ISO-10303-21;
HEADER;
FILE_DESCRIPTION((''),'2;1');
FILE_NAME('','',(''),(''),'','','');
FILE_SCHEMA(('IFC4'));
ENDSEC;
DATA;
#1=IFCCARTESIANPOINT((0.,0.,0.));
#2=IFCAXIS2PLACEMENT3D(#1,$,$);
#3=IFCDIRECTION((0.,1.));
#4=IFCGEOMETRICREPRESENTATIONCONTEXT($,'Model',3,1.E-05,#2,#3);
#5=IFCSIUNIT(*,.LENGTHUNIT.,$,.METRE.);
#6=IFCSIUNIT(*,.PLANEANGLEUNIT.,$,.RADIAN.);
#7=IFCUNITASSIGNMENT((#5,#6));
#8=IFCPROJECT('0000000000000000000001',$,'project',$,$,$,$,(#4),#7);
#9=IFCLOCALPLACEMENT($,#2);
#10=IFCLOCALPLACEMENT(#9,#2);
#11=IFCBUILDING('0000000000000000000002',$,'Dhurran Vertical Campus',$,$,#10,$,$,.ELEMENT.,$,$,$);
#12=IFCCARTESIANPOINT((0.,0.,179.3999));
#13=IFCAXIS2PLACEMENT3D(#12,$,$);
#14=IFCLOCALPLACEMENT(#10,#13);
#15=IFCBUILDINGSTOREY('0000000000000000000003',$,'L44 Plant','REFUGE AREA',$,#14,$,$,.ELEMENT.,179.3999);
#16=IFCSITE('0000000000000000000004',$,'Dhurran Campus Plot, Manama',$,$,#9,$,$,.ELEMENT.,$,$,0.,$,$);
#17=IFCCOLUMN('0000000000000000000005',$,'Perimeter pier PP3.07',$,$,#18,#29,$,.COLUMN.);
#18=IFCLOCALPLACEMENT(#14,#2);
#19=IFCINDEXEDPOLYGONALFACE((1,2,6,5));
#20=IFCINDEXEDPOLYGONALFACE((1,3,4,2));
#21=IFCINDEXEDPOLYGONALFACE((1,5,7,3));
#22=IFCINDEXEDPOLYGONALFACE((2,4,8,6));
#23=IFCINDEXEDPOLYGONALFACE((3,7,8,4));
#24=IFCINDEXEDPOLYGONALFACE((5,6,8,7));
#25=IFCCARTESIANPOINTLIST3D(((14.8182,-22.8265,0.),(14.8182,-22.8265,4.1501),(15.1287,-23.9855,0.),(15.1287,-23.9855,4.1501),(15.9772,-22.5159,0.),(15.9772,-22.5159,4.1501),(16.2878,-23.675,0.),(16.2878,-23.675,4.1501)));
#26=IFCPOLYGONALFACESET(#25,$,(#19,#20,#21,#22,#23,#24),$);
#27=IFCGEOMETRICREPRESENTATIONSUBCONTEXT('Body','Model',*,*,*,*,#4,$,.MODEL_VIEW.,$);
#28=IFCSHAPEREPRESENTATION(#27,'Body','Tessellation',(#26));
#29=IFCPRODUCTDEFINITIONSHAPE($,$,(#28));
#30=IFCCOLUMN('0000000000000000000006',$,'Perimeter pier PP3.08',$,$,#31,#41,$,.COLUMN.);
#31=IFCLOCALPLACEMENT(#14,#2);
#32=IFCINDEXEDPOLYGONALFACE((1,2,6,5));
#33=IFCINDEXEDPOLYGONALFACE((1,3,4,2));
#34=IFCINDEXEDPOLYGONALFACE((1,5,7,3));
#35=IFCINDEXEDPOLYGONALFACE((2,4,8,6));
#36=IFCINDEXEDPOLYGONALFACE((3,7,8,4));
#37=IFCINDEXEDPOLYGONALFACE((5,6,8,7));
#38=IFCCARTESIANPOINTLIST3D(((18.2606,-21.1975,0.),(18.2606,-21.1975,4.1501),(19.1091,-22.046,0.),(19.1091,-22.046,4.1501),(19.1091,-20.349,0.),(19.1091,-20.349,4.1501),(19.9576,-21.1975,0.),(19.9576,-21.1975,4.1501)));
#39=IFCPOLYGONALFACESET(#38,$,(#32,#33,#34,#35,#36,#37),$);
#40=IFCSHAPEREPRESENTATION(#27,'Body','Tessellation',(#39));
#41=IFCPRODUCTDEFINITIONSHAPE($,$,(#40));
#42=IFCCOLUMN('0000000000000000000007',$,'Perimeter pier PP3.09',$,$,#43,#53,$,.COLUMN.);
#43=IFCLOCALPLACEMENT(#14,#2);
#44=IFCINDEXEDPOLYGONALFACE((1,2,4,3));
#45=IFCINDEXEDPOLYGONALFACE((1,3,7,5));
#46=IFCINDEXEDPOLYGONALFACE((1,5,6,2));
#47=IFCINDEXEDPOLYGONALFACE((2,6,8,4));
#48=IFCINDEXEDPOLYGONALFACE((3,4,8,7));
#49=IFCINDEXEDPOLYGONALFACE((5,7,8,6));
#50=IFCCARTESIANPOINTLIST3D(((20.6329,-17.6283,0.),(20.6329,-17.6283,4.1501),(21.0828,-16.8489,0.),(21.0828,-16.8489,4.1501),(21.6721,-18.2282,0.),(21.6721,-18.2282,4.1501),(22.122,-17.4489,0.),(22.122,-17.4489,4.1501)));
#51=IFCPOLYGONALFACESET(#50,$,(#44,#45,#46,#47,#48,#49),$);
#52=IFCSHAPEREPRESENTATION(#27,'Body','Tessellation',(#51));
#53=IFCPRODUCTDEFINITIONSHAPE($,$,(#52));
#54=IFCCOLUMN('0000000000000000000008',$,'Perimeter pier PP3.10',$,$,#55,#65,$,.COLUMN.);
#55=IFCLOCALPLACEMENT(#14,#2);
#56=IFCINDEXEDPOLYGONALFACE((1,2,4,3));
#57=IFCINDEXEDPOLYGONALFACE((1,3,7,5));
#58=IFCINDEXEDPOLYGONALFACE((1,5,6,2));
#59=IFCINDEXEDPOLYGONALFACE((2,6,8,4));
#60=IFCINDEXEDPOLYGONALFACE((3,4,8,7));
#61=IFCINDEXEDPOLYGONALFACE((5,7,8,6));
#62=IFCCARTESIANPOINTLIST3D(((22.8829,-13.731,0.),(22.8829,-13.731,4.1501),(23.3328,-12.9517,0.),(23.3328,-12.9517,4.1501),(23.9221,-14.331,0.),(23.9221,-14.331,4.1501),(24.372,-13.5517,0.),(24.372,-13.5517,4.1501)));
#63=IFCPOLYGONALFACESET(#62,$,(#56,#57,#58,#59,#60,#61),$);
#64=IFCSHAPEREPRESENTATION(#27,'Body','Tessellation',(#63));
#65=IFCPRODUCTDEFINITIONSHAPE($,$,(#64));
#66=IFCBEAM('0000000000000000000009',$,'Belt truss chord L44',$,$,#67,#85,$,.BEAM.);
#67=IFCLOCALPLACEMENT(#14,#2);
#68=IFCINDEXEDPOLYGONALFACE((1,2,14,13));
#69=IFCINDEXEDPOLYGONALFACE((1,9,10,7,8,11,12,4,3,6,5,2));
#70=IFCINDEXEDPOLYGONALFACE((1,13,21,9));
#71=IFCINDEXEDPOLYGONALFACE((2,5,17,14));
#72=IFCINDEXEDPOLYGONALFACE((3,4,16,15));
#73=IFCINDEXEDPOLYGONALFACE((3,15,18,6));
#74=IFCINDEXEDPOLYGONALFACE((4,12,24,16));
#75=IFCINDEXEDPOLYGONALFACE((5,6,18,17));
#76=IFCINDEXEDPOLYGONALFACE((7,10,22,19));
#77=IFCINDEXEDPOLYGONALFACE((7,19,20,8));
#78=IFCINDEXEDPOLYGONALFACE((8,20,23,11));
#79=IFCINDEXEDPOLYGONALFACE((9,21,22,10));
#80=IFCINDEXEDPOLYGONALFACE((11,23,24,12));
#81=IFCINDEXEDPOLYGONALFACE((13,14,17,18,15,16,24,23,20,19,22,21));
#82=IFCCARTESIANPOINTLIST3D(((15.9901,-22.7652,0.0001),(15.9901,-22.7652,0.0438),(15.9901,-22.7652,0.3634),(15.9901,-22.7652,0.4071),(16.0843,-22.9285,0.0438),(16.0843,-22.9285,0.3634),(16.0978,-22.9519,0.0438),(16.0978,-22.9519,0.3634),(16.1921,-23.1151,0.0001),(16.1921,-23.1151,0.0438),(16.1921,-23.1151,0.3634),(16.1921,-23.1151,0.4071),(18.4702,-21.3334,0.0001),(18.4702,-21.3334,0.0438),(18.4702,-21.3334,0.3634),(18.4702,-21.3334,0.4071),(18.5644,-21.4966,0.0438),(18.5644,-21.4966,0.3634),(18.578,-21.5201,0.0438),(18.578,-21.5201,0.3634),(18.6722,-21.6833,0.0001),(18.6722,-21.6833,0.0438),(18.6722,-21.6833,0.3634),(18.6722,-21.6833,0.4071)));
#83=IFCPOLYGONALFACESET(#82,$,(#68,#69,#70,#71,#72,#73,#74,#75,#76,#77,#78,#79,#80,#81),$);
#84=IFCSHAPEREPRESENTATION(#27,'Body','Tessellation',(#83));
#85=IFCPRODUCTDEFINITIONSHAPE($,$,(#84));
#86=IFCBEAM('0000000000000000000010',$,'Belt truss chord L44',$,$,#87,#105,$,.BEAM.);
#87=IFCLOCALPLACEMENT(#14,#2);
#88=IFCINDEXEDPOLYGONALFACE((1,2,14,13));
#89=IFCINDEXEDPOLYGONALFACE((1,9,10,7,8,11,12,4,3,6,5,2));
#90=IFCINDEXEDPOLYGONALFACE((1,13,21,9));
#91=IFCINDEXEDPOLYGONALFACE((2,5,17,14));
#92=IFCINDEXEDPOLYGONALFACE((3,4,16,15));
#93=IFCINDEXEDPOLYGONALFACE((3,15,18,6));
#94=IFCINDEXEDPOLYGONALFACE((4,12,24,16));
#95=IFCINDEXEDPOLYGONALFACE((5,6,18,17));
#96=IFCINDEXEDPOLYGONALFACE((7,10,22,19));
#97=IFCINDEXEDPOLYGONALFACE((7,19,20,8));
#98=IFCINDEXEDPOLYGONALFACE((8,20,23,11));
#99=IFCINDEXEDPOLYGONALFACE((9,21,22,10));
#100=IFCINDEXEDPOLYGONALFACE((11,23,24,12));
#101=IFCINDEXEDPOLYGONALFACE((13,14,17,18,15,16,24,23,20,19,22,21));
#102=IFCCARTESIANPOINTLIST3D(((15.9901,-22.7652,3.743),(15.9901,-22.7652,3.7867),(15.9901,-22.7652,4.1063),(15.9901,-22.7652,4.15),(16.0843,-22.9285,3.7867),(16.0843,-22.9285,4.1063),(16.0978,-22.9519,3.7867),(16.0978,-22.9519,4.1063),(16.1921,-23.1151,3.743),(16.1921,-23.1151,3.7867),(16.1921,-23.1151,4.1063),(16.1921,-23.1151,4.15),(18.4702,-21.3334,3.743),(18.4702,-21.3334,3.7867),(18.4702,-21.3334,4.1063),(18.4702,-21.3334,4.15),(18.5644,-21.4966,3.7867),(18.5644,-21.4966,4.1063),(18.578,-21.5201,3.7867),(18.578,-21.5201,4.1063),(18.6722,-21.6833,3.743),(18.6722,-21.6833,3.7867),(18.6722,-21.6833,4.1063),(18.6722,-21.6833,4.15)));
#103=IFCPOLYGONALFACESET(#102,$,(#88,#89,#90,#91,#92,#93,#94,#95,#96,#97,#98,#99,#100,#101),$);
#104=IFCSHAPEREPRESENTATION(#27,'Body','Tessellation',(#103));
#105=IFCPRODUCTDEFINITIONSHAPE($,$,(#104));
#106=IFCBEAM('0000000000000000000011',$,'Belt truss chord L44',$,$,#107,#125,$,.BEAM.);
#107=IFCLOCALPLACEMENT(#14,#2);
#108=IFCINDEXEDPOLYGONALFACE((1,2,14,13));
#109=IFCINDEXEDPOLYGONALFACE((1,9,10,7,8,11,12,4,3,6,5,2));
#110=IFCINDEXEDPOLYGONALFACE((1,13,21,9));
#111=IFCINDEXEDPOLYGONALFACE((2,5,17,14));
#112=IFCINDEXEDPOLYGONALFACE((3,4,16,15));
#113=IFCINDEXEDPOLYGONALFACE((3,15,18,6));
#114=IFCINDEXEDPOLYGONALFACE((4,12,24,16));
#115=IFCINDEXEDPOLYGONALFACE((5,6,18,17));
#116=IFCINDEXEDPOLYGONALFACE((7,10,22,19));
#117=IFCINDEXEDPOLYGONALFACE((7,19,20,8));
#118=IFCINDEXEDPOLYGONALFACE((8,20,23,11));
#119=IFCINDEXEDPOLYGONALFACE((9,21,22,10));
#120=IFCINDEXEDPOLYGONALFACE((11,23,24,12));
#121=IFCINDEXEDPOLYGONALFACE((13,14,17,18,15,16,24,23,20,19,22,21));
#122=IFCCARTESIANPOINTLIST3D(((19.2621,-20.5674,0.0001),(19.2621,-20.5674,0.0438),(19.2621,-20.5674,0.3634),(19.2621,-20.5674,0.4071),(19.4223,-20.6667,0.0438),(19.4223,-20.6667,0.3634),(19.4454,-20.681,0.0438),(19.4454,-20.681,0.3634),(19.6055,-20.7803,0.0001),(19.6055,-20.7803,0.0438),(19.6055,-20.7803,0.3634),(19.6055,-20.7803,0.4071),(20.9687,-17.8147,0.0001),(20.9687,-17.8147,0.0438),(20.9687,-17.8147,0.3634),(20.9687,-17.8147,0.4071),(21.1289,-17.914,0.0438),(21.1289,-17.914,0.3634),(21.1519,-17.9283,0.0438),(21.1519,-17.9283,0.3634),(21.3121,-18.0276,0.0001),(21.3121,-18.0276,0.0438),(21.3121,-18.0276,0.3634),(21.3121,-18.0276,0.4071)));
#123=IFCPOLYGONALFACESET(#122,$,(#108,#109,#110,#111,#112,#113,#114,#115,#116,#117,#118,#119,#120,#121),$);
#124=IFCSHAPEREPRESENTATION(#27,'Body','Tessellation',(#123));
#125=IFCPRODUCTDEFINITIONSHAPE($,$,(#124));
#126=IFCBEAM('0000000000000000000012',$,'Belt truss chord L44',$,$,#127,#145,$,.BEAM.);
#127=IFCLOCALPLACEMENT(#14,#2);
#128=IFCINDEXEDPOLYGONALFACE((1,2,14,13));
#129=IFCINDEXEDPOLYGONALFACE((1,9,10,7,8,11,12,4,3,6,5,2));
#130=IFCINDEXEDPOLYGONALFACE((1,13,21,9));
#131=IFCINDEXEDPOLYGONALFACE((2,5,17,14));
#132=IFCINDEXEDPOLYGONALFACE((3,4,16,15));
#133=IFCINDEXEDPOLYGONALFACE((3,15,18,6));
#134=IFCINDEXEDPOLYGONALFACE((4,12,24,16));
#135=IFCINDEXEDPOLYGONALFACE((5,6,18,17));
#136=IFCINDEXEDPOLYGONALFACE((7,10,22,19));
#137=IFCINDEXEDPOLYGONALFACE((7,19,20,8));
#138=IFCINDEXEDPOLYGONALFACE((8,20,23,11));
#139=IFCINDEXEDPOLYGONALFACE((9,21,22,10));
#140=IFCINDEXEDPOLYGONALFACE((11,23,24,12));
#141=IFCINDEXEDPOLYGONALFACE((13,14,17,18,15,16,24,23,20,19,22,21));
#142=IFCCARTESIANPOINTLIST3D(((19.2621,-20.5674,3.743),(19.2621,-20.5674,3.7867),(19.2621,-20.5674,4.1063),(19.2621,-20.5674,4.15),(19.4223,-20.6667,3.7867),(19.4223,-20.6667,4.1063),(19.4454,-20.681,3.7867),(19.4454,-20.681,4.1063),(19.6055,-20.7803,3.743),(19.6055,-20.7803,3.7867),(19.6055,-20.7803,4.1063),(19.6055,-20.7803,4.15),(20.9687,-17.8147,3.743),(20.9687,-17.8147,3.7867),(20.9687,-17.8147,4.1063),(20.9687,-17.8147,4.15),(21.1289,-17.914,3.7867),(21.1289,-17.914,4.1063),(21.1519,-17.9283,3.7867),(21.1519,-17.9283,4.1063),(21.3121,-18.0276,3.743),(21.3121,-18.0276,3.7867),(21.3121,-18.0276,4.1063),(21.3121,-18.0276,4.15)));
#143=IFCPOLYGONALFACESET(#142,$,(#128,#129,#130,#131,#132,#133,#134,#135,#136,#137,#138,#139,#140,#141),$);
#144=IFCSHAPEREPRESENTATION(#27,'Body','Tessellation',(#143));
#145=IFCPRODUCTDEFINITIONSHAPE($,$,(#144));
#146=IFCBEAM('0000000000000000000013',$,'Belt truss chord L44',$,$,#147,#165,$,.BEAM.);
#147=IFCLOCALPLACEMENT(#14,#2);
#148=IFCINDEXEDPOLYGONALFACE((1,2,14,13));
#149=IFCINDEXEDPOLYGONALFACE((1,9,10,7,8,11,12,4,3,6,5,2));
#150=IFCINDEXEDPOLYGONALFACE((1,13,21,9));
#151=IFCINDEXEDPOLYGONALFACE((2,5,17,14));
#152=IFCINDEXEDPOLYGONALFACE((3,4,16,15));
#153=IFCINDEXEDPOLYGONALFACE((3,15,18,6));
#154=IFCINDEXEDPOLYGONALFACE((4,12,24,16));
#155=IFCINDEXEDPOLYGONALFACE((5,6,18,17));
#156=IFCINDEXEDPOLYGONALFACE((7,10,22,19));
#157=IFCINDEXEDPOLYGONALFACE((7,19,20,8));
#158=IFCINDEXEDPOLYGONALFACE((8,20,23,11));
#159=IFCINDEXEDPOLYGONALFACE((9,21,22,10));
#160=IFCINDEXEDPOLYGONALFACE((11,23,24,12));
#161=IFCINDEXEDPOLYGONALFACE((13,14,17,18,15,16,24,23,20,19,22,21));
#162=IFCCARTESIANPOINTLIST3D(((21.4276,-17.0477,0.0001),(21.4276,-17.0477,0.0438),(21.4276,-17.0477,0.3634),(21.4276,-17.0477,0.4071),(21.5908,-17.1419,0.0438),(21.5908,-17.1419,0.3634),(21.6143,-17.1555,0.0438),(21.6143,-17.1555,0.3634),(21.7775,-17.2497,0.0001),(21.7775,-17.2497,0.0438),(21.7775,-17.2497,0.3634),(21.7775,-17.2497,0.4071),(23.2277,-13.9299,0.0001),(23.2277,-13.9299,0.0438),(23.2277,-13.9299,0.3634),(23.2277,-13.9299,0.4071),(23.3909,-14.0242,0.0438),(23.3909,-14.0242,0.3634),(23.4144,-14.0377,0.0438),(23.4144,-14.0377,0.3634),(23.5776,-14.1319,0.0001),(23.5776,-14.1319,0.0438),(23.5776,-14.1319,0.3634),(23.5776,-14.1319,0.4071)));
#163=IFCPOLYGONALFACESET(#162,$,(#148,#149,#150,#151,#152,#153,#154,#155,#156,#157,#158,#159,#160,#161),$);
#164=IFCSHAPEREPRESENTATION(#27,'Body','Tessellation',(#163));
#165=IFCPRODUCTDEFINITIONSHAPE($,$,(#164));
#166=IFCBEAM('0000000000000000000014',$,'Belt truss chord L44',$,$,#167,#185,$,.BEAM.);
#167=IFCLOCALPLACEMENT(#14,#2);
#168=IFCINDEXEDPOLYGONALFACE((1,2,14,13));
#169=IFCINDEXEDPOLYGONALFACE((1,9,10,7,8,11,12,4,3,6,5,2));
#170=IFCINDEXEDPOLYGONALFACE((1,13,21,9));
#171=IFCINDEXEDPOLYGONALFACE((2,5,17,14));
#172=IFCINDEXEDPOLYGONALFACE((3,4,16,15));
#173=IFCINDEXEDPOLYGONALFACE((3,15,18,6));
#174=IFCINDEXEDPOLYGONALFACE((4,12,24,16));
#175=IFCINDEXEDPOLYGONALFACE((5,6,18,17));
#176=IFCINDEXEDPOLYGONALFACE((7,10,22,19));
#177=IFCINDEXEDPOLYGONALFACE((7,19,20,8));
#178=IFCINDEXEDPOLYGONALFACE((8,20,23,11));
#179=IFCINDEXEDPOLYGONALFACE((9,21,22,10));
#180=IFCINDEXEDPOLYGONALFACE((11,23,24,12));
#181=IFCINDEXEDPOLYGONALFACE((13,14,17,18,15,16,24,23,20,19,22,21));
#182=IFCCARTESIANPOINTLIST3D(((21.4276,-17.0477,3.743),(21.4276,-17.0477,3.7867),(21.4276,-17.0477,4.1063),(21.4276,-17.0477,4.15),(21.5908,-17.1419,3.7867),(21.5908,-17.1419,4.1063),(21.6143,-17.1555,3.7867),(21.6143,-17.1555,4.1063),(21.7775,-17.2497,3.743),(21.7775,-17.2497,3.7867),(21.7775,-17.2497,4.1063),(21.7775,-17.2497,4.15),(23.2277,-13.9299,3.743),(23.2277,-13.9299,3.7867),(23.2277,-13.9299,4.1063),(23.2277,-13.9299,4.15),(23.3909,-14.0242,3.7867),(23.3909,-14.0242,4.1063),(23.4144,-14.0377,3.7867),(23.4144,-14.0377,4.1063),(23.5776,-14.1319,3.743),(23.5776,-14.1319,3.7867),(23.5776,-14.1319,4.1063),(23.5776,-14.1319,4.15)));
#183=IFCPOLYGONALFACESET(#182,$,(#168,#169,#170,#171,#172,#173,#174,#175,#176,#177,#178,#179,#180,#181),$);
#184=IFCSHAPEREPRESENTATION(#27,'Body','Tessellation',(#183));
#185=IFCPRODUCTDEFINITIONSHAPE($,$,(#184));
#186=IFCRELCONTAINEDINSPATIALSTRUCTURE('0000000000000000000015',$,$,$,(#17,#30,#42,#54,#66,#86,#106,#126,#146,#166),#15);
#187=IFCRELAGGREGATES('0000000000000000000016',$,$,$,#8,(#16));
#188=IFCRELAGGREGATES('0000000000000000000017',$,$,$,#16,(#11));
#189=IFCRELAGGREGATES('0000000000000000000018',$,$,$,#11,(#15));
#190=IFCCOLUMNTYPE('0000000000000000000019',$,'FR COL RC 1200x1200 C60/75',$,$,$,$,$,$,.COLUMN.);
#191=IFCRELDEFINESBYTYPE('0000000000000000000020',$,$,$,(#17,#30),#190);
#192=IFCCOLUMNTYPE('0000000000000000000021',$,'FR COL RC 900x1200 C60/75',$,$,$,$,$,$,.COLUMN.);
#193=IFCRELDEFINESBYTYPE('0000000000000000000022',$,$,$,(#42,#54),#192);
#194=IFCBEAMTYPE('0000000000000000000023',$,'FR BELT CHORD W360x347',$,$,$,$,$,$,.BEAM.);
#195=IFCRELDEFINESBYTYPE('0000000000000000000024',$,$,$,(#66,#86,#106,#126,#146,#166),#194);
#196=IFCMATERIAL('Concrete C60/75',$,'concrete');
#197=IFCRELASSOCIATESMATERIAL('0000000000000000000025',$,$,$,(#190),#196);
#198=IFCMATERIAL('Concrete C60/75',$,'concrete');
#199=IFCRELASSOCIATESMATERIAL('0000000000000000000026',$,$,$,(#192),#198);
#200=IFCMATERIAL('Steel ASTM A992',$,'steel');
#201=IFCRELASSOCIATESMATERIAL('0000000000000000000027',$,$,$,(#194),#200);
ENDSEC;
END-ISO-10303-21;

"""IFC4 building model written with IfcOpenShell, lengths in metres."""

from ifc_helpers import new_model, si_unit, direction, frame, origin, origin_2d, place, context, subcontext, project, spatial, rectangle, i_section, extrude, material, material_profile, profile_set, type_object, element, save


model = new_model("IFC4")

# Units and contexts
model_context = context("Model", 3, precision=1e-05, world=origin(), true_north=direction((0.0, 1.0)))
body_context = subcontext(model_context, "Body", "Model", "MODEL_VIEW")
ifc_project = project(units=[si_unit("LENGTHUNIT", "METRE"), si_unit("PLANEANGLEUNIT", "RADIAN")], contexts=[model_context])

# Site, building, storey
site_placement = place(None, origin())
site = spatial("IfcSite", under=ifc_project, at=site_placement, Name="Dhurran Campus Plot, Manama", CompositionType="ELEMENT", RefElevation=0.0)
building_placement = place(site_placement, origin())
building = spatial("IfcBuilding", under=site, at=building_placement, Name="Dhurran Vertical Campus", CompositionType="ELEMENT")
storey_placement = place(building_placement, frame((0.0, 0.0, 179.3999)))
storey = spatial("IfcBuildingStorey", under=building, at=storey_placement, Name="L44 Plant", Description="REFUGE AREA", CompositionType="ELEMENT", Elevation=179.3999)

# Columns
ifc_material_1 = material(Name="Concrete C60/75", Category="concrete")
ifc_material_profile_1 = material_profile(ifc_material_1, rectangle(XDim=1.2, YDim=1.2, at=origin_2d()), Name="RC 1200x1200")
ifc_profile_set_1 = profile_set([ifc_material_profile_1], Name="Concrete C60/75")
column_type_1 = type_object("IfcColumnType", Name="FR COL RC 1200x1200 C60/75", PredefinedType="COLUMN", material=ifc_profile_set_1)
for number, where, z_axis, x_axis, name in (
    (1, (15.553, -23.2507, 0.0), (0.0, 0.0, 1.0), (0.965926, 0.258819, 0.0), "Perimeter pier PP3.07"),
    (2, (19.1091, -21.1975, 0.0), (0.0, 0.0, 1.0), (0.707107, 0.707107, 0.0), "Perimeter pier PP3.08"),
):
    element("IfcColumn", number, at=place(storey_placement, frame(where, z_axis=z_axis, x_axis=x_axis)), inside=storey, type_object=column_type_1, Name=name, PredefinedType="COLUMN", context=body_context, shape_type="SweptSolid", body=[
        extrude(rectangle(XDim=1.2, YDim=1.2, at=origin_2d()), origin(), (0.0, 0.0, 1.0), 4.1501),
    ])
ifc_material_2 = material(Name="Concrete C60/75", Category="concrete")
ifc_material_profile_2 = material_profile(ifc_material_2, rectangle(XDim=0.8999, YDim=1.2, at=origin_2d()), Name="RC 900x1200")
ifc_profile_set_2 = profile_set([ifc_material_profile_2], Name="Concrete C60/75")
column_type_2 = type_object("IfcColumnType", Name="FR COL RC 900x1200 C60/75", PredefinedType="COLUMN", material=ifc_profile_set_2)
for number, where, z_axis, x_axis, name in (
    (3, (21.3774, -17.5386, 0.0), (0.0, 0.0, 1.0), (0.5, 0.866025, 0.0), "Perimeter pier PP3.09"),
    (4, (23.6274, -13.6414, 0.0), (0.0, 0.0, 1.0), (0.5, 0.866025, 0.0), "Perimeter pier PP3.10"),
):
    element("IfcColumn", number, at=place(storey_placement, frame(where, z_axis=z_axis, x_axis=x_axis)), inside=storey, type_object=column_type_2, Name=name, PredefinedType="COLUMN", context=body_context, shape_type="SweptSolid", body=[
        extrude(rectangle(XDim=0.8999, YDim=1.2, at=origin_2d()), origin(), (0.0, 0.0, 1.0), 4.1501),
    ])

# Beams
ifc_material_3 = material(Name="Steel ASTM A992", Category="steel")
ifc_material_profile_3 = material_profile(ifc_material_3, i_section(OverallWidth=0.4041, OverallDepth=0.407, WebThickness=0.0271, FlangeThickness=0.0437, at=origin_2d()), Name="W360x347")
ifc_profile_set_3 = profile_set([ifc_material_profile_3], Name="Steel ASTM A992")
beam_type = type_object("IfcBeamType", Name="FR BELT CHORD W360x347", PredefinedType="BEAM", material=ifc_profile_set_3)
for number, where, z_axis, x_axis, name in (
    (5, (16.0911, -22.9402, 0.2036), (0.866037, 0.499981, 0.0), (-0.499981, 0.866037, 0.0), "Belt truss chord L44"),
    (6, (16.0911, -22.9402, 3.9465), (0.866037, 0.499981, 0.0), (-0.499981, 0.866037, 0.0), "Belt truss chord L44"),
):
    element("IfcBeam", number, at=place(storey_placement, frame(where, z_axis=z_axis, x_axis=x_axis)), inside=storey, type_object=beam_type, Name=name, PredefinedType="BEAM", context=body_context, shape_type="SweptSolid", body=[
        extrude(i_section(OverallWidth=0.4041, OverallDepth=0.407, WebThickness=0.0271, FlangeThickness=0.0437, at=origin_2d()), origin(), (0.0, 0.0, 1.0), 2.8638),
    ])
for number, where, z_axis, x_axis, name in (
    (7, (19.4338, -20.6738, 0.2036), (0.526912, 0.84992, 0.0), (-0.84992, 0.526912, 0.0), "Belt truss chord L44"),
    (8, (19.4338, -20.6738, 3.9465), (0.526912, 0.84992, 0.0), (-0.84992, 0.526912, 0.0), "Belt truss chord L44"),
):
    element("IfcBeam", number, at=place(storey_placement, frame(where, z_axis=z_axis, x_axis=x_axis)), inside=storey, type_object=beam_type, Name=name, PredefinedType="BEAM", context=body_context, shape_type="SweptSolid", body=[
        extrude(i_section(OverallWidth=0.4041, OverallDepth=0.407, WebThickness=0.0271, FlangeThickness=0.0437, at=origin_2d()), origin(), (0.0, 0.0, 1.0), 3.2388),
    ])
for number, where, z_axis, x_axis, name in (
    (9, (21.6025, -17.1487, 0.2036), (0.500012, 0.866018, 0.0), (-0.866018, 0.500012, 0.0), "Belt truss chord L44"),
    (10, (21.6025, -17.1487, 3.9465), (0.500012, 0.866018, 0.0), (-0.866018, 0.500012, 0.0), "Belt truss chord L44"),
):
    element("IfcBeam", number, at=place(storey_placement, frame(where, z_axis=z_axis, x_axis=x_axis)), inside=storey, type_object=beam_type, Name=name, PredefinedType="BEAM", context=body_context, shape_type="SweptSolid", body=[
        extrude(i_section(OverallWidth=0.4041, OverallDepth=0.407, WebThickness=0.0271, FlangeThickness=0.0437, at=origin_2d()), origin(), (0.0, 0.0, 1.0), 3.6001),
    ])

save(model, "model.ifc")
